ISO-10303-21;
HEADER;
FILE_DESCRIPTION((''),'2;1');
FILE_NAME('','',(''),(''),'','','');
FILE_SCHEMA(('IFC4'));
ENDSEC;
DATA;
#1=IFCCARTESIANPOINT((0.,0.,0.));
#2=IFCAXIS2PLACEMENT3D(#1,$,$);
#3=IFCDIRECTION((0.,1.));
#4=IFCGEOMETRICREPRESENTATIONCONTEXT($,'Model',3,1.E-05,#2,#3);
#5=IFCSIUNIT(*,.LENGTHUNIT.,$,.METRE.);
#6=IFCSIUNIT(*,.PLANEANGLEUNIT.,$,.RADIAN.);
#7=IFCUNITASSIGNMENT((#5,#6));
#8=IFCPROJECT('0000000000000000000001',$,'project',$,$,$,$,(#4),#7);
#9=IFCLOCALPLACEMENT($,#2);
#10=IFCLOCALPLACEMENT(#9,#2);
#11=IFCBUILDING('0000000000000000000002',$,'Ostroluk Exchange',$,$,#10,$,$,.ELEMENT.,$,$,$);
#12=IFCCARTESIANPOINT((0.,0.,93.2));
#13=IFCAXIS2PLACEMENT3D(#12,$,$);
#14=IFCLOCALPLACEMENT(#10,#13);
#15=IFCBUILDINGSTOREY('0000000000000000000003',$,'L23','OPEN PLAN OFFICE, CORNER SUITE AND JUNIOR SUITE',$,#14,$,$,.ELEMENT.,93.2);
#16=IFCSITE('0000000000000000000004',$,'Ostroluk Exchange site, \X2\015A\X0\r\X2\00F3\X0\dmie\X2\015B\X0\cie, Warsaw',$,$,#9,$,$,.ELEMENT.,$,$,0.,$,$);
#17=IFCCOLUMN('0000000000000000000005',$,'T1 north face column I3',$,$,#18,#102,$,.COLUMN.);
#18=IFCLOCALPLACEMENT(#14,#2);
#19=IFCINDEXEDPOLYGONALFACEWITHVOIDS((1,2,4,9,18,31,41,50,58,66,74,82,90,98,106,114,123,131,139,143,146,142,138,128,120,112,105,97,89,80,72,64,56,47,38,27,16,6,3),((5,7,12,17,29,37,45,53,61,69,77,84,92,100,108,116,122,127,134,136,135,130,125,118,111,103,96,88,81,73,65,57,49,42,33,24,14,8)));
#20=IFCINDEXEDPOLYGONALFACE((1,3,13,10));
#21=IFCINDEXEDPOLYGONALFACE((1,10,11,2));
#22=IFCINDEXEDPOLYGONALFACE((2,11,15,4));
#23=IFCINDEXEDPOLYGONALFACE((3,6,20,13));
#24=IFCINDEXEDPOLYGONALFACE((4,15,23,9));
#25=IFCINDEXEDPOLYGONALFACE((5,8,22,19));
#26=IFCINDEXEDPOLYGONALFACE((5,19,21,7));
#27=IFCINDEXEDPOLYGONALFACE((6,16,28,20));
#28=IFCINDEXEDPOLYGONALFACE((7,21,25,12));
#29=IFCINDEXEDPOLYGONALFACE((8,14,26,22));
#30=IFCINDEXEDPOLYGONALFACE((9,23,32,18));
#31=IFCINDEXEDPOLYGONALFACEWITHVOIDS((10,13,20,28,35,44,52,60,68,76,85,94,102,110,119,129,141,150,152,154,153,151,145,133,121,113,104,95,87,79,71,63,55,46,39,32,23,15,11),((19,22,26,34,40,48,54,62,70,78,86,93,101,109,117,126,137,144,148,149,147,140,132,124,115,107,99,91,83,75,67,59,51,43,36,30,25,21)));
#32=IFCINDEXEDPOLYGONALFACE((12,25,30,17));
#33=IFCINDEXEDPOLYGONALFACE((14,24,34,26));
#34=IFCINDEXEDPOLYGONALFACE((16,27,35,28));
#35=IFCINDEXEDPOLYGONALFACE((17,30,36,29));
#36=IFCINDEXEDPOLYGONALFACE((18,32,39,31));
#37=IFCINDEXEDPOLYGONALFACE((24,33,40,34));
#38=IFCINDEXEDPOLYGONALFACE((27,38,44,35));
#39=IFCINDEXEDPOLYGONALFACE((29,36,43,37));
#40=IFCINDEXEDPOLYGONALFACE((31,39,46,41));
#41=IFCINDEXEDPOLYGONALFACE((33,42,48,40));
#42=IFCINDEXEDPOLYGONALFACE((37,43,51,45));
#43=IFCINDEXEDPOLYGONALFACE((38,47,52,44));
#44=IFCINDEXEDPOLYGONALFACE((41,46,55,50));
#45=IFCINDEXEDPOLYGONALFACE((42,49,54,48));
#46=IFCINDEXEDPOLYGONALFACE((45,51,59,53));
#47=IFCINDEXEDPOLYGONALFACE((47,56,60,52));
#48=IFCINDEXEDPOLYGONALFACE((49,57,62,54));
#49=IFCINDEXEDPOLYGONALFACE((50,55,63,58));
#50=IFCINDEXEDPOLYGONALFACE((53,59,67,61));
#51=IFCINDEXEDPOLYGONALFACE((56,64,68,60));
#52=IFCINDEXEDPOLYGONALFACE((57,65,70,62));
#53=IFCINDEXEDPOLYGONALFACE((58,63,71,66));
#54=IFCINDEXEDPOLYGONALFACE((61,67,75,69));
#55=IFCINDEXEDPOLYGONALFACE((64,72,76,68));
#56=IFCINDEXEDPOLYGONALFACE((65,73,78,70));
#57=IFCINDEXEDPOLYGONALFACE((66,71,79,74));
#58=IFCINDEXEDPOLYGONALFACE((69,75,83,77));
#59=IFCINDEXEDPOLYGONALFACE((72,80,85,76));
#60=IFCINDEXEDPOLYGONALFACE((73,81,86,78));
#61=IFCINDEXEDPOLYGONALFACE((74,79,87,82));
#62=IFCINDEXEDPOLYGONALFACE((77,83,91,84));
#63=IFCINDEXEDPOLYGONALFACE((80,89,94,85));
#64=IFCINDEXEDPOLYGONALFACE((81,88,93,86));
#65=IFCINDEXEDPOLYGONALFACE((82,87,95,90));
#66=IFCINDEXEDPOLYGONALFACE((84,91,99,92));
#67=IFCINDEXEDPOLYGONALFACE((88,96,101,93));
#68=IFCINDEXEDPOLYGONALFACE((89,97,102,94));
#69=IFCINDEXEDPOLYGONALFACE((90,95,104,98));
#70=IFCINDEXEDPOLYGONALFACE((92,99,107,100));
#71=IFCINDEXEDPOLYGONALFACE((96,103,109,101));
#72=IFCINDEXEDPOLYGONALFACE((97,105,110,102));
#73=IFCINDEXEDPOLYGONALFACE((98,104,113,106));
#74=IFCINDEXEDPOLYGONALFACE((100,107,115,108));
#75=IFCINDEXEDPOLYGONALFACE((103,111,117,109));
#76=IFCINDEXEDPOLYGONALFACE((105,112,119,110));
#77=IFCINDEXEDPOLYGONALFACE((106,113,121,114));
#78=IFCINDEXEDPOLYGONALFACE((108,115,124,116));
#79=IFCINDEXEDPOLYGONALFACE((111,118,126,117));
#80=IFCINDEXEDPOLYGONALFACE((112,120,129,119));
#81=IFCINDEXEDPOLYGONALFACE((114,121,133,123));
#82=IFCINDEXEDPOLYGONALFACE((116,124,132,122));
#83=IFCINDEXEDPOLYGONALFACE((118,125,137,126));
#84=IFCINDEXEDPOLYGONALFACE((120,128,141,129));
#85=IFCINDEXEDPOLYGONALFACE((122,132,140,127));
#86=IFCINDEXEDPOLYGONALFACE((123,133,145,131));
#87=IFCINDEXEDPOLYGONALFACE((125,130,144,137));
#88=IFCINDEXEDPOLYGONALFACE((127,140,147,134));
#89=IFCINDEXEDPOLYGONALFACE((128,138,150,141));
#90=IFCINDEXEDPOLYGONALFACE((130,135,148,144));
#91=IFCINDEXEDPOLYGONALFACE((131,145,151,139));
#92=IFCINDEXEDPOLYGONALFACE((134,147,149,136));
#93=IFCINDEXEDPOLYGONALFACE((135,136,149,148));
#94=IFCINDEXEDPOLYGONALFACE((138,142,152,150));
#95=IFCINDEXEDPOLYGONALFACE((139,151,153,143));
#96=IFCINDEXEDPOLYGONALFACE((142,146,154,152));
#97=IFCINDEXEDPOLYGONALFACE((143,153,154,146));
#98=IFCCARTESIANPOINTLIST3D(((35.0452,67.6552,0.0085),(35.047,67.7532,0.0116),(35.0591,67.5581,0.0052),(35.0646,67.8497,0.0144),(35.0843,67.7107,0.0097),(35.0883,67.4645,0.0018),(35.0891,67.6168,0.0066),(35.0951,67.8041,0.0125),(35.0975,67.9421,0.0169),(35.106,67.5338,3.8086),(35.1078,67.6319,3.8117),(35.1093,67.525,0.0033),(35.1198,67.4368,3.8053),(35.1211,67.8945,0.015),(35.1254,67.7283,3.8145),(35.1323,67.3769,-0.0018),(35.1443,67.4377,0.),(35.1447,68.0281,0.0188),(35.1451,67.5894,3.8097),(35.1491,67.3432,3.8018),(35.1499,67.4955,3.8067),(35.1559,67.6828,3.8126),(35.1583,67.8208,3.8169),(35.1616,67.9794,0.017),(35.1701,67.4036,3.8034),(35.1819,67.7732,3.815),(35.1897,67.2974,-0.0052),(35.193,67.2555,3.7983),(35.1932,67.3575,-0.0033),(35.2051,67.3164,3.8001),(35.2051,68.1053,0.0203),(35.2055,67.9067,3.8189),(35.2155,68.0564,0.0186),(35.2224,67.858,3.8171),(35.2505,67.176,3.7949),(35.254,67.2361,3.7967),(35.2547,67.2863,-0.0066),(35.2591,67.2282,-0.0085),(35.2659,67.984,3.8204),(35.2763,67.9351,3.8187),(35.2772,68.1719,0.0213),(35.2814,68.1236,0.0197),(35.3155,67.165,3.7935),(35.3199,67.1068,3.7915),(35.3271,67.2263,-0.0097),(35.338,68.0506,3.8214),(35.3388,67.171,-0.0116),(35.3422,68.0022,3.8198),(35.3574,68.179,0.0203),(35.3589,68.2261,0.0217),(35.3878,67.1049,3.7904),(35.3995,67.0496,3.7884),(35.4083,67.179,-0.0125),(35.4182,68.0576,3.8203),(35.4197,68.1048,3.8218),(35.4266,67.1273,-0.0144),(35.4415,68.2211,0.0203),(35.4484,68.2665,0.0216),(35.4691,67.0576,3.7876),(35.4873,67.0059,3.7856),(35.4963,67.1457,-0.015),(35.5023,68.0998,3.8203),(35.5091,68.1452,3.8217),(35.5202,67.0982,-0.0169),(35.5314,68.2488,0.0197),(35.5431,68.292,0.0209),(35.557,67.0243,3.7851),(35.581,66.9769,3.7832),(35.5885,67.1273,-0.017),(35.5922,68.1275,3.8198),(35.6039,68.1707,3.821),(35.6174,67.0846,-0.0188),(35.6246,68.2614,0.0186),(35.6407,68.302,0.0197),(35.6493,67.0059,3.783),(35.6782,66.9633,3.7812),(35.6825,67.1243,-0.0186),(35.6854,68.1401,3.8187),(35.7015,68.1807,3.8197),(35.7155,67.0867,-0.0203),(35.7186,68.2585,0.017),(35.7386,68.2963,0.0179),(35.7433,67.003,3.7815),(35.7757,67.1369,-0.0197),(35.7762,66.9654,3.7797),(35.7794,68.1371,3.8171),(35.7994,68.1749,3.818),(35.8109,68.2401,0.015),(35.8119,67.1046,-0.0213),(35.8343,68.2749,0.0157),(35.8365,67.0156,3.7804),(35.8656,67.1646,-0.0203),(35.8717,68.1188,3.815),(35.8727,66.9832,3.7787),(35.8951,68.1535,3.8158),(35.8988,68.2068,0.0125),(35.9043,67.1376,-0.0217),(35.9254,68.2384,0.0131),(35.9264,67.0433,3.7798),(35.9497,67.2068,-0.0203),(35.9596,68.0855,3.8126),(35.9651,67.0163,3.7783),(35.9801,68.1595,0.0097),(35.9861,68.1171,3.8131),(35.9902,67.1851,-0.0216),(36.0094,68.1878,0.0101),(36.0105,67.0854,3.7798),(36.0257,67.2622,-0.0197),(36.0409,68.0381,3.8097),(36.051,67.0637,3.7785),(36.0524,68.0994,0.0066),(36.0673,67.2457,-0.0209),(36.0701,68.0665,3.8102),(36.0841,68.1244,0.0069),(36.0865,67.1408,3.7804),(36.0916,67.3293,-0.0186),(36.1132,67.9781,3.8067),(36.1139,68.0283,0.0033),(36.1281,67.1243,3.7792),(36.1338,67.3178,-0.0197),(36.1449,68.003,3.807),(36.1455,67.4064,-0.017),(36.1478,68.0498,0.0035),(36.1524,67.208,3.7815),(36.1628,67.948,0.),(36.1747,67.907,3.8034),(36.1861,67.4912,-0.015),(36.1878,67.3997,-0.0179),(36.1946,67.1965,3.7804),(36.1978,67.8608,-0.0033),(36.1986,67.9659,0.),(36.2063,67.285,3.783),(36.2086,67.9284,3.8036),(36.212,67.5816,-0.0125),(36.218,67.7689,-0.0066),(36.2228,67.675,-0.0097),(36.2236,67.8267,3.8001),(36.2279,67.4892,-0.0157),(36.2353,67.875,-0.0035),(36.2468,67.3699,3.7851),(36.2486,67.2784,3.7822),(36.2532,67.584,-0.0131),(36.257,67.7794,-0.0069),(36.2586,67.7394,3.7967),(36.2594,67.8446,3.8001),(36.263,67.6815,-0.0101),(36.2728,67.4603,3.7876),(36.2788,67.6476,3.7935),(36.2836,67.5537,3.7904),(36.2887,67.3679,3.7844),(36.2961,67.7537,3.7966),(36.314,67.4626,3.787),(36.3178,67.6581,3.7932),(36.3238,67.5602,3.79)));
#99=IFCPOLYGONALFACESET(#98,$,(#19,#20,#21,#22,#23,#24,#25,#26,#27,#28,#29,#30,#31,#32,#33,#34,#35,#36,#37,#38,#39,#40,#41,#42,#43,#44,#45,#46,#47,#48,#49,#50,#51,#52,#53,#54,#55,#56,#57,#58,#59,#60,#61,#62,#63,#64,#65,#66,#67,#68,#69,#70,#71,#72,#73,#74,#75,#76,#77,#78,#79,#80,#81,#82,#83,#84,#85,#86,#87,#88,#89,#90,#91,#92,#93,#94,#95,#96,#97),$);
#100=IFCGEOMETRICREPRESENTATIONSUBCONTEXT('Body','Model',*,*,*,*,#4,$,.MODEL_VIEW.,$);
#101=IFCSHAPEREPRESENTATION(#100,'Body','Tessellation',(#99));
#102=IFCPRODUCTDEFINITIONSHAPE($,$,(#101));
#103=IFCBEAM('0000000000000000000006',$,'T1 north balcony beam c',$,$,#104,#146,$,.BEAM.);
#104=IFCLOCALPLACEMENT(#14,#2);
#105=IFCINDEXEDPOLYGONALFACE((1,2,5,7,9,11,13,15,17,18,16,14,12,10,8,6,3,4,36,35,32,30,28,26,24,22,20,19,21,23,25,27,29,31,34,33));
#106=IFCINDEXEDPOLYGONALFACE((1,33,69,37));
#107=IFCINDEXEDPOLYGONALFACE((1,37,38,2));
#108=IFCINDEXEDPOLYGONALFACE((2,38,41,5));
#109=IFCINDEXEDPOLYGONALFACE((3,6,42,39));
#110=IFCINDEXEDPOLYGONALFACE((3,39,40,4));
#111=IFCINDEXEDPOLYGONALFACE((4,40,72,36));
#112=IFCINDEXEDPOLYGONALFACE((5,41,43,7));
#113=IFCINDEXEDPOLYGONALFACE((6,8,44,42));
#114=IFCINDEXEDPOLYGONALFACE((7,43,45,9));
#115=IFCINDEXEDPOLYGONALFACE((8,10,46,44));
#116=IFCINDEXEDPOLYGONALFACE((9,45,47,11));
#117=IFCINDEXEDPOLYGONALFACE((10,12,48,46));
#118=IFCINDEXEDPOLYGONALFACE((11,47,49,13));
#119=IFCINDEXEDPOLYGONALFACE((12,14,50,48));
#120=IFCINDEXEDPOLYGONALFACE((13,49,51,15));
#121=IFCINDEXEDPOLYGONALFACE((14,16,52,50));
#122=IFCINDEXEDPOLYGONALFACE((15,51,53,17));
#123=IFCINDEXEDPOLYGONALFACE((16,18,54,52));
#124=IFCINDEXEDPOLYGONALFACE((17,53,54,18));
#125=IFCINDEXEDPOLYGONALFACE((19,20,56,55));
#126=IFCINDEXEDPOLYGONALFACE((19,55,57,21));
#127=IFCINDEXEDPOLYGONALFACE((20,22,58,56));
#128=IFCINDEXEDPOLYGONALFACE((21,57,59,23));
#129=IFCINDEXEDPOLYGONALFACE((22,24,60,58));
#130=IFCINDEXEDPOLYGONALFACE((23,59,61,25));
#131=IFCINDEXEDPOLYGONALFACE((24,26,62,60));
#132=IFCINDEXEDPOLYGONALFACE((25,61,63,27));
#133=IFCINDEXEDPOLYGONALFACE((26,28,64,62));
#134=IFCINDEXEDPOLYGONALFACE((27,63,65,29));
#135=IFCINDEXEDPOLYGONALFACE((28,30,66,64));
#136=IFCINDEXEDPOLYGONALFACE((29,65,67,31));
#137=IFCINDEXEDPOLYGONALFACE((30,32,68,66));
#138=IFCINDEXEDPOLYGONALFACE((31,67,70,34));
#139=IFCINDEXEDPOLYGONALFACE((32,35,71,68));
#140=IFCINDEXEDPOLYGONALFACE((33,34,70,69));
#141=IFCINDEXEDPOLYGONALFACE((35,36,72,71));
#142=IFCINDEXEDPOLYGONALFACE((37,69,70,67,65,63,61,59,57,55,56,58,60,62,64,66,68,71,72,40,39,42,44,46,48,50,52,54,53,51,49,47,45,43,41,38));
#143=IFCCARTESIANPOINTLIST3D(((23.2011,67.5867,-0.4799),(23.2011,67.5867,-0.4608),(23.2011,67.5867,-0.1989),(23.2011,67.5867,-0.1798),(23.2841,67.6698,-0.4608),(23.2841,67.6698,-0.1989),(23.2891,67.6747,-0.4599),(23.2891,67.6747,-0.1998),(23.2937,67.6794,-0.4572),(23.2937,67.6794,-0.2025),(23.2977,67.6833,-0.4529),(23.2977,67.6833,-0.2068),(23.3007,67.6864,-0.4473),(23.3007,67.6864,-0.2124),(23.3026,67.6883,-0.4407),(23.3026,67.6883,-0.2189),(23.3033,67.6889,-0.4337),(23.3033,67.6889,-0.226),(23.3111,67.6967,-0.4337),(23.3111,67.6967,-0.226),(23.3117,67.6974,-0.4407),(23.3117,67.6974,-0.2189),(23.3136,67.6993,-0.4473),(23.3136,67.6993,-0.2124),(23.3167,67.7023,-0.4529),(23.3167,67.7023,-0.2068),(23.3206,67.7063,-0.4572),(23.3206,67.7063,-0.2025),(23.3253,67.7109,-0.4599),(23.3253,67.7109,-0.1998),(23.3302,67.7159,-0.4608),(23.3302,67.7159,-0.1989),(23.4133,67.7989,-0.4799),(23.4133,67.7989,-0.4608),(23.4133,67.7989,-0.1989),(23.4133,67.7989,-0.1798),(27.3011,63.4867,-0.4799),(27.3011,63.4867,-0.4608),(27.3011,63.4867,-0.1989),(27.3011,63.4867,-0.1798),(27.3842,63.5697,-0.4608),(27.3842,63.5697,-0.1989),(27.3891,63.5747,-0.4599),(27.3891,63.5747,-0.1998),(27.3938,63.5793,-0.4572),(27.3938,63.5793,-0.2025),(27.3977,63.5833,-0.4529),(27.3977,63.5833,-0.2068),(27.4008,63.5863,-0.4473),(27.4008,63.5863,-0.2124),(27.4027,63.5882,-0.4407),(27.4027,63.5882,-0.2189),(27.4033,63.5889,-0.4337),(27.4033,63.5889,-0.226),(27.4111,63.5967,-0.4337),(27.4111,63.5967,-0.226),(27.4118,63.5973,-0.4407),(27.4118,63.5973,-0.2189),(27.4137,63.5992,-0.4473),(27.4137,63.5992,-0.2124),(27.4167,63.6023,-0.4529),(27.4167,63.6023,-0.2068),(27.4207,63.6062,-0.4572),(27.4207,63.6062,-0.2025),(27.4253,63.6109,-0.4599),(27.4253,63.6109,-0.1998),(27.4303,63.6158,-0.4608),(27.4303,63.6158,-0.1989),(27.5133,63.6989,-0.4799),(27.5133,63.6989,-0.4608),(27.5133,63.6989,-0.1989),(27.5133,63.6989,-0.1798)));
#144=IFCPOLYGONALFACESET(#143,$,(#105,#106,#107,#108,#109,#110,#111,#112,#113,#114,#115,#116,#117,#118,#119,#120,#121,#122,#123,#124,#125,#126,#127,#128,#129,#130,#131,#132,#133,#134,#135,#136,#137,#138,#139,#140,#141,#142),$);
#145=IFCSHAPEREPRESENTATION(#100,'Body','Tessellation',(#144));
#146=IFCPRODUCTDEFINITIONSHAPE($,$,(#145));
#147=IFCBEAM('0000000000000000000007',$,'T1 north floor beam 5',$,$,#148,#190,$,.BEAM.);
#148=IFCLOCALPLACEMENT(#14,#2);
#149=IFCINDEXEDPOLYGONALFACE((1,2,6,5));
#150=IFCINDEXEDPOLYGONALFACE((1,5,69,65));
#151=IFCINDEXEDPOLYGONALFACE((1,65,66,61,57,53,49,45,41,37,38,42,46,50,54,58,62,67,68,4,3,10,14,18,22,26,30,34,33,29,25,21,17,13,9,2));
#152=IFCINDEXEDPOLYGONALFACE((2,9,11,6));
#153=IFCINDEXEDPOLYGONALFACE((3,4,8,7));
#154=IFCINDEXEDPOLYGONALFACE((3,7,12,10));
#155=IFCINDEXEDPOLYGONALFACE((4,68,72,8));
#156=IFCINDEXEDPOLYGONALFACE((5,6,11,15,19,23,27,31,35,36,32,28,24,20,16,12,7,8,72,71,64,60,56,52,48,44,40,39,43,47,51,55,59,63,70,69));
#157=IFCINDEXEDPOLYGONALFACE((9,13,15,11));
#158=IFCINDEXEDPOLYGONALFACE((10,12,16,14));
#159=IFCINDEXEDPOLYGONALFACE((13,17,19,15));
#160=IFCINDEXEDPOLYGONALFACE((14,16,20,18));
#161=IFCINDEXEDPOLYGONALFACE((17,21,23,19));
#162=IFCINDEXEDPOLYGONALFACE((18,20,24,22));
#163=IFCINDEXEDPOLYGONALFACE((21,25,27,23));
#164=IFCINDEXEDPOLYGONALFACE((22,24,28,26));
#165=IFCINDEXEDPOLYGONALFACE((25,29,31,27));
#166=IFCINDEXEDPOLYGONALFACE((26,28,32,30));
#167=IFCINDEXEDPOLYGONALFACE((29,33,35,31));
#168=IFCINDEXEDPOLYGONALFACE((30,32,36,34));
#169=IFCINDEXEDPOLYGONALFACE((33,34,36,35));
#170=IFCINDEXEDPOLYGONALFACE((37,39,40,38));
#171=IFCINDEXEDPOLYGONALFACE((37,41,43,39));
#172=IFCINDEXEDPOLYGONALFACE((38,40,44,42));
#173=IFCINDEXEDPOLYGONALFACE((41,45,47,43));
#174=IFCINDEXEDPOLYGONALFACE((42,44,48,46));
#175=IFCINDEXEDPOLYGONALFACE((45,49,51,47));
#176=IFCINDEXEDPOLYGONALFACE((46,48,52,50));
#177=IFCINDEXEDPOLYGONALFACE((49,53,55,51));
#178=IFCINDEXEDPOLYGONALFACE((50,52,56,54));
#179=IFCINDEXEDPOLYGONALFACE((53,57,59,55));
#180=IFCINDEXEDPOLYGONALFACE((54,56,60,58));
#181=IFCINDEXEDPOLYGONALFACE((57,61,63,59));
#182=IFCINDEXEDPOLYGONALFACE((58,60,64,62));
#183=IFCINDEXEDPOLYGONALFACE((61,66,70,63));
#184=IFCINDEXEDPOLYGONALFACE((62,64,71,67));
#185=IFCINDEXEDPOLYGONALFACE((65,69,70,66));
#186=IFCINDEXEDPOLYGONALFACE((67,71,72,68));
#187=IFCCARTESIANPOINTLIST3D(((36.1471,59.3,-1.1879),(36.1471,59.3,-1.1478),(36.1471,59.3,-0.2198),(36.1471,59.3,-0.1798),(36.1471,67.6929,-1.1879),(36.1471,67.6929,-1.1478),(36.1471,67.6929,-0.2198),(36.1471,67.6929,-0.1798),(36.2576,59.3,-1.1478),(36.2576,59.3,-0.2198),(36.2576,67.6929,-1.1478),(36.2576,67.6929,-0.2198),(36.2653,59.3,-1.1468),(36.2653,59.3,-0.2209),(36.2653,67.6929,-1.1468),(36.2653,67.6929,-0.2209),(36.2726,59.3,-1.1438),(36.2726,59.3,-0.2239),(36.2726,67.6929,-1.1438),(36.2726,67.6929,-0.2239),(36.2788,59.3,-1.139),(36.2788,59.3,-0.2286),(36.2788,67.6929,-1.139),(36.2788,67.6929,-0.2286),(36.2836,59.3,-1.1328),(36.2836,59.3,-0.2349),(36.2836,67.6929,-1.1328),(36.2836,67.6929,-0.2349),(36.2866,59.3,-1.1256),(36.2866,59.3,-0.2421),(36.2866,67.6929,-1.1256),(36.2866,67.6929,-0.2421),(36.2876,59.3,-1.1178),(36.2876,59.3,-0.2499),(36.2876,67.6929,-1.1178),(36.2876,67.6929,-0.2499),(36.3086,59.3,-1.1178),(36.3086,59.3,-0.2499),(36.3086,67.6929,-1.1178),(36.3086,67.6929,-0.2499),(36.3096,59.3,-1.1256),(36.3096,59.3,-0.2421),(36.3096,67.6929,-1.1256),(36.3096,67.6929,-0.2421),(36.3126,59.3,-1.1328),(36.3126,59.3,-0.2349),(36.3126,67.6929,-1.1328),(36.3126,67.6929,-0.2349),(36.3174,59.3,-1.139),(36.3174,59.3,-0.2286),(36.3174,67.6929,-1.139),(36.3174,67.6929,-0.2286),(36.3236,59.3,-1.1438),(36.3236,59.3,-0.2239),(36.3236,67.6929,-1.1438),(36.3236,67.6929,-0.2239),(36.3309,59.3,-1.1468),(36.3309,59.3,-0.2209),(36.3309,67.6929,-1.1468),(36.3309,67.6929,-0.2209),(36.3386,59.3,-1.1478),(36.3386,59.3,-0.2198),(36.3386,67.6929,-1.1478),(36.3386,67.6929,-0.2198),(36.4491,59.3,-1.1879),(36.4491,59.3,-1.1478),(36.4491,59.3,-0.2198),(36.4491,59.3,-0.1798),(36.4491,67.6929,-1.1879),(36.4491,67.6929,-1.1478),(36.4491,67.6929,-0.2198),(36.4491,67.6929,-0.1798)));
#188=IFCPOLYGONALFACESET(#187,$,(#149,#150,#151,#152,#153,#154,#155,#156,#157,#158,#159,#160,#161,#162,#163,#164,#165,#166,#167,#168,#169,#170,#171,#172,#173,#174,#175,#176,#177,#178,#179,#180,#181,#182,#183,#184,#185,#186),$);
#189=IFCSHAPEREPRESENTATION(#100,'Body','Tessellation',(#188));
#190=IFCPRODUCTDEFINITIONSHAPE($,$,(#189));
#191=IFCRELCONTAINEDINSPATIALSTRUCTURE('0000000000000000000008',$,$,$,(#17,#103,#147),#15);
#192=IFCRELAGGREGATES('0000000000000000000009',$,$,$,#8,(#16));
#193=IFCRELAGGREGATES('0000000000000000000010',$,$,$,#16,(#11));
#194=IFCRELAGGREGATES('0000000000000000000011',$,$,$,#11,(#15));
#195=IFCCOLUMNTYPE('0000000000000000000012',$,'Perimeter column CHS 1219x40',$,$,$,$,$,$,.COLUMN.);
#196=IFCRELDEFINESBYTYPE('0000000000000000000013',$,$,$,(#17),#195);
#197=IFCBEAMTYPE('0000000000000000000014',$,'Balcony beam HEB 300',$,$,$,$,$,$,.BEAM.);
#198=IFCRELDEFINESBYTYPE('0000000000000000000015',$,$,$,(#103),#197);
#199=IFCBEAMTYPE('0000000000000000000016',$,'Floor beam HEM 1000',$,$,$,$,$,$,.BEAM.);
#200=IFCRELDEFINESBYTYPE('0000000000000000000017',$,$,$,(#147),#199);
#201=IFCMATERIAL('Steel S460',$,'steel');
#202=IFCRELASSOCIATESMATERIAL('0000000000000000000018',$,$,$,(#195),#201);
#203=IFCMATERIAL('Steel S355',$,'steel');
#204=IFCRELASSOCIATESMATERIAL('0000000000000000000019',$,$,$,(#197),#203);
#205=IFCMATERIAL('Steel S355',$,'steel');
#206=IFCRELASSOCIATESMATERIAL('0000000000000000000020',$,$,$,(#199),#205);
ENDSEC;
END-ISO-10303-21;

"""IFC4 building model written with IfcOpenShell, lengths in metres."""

from ifc_helpers import new_model, si_unit, direction, frame, origin, origin_2d, place, context, subcontext, project, spatial, hollow_circle, i_section, extrude, material, material_profile, profile_set, type_object, element, save


model = new_model("IFC4")

# Units and contexts
model_context = context("Model", 3, precision=1e-05, world=origin(), true_north=direction((0.0, 1.0)))
body_context = subcontext(model_context, "Body", "Model", "MODEL_VIEW")
ifc_project = project(units=[si_unit("LENGTHUNIT", "METRE"), si_unit("PLANEANGLEUNIT", "RADIAN")], contexts=[model_context])

# Site, building, storey
site_placement = place(None, origin())
site = spatial("IfcSite", under=ifc_project, at=site_placement, Name="Ostroluk Exchange site, Śródmieście, Warsaw", CompositionType="ELEMENT", RefElevation=0.0)
building_placement = place(site_placement, origin())
building = spatial("IfcBuilding", under=site, at=building_placement, Name="Ostroluk Exchange", CompositionType="ELEMENT")
storey_placement = place(building_placement, frame((0.0, 0.0, 93.2)))
storey = spatial("IfcBuildingStorey", under=building, at=storey_placement, Name="L23", Description="OPEN PLAN OFFICE, CORNER SUITE AND JUNIOR SUITE", CompositionType="ELEMENT", Elevation=93.2)

# Column
ifc_material_1 = material(Name="Steel S460", Category="steel")
ifc_material_profile_1 = material_profile(ifc_material_1, hollow_circle(Radius=0.6096, WallThickness=0.04, at=origin_2d()), Name="CHS 1219x40")
ifc_profile_set_1 = profile_set([ifc_material_profile_1], Name="Steel S460")
column_type = type_object("IfcColumnType", Name="Perimeter column CHS 1219x40", PredefinedType="COLUMN", material=ifc_profile_set_1)
column_placement = place(storey_placement, frame((35.6536, 67.6929, 0.0), z_axis=(0.015987, -0.03191, 0.999363), x_axis=(0.894067, 0.447933, 0.0)))
element("IfcColumn", 1, at=column_placement, inside=storey, type_object=column_type, Name="T1 north face column I3", PredefinedType="COLUMN", context=body_context, shape_type="SweptSolid", body=[
    extrude(hollow_circle(Radius=0.6096, WallThickness=0.04, at=origin_2d()), origin(), (0.0, 0.0, 1.0), 3.8025),
])

# Beams
ifc_material_2 = material(Name="Steel S355", Category="steel")
ifc_material_profile_2 = material_profile(ifc_material_2, i_section(OverallWidth=0.3, OverallDepth=0.3, WebThickness=0.011, FlangeThickness=0.019, FilletRadius=0.0271, at=origin_2d()), Name="HEB 300")
ifc_profile_set_2 = profile_set([ifc_material_profile_2], Name="Steel S355")
beam_type_1 = type_object("IfcBeamType", Name="Balcony beam HEB 300", PredefinedType="BEAM", material=ifc_profile_set_2)
beam_1_placement = place(storey_placement, frame((27.4072, 63.5928, -0.3298), z_axis=(-0.707107, 0.707107, 0.0), x_axis=(-0.707107, -0.707107, 0.0)))
element("IfcBeam", 2, at=beam_1_placement, inside=storey, type_object=beam_type_1, Name="T1 north balcony beam c", PredefinedType="BEAM", context=body_context, shape_type="SweptSolid", body=[
    extrude(i_section(OverallWidth=0.3, OverallDepth=0.3, WebThickness=0.011, FlangeThickness=0.019, FilletRadius=0.0271, at=origin_2d()), origin(), (0.0, 0.0, 1.0), 5.7983),
])
ifc_material_3 = material(Name="Steel S355", Category="steel")
ifc_material_profile_3 = material_profile(ifc_material_3, i_section(OverallWidth=0.302, OverallDepth=1.0081, WebThickness=0.021, FlangeThickness=0.04, FilletRadius=0.03, at=origin_2d()), Name="HEM 1000")
ifc_profile_set_3 = profile_set([ifc_material_profile_3], Name="Steel S355")
beam_type_2 = type_object("IfcBeamType", Name="Floor beam HEM 1000", PredefinedType="BEAM", material=ifc_profile_set_3)
beam_2_placement = place(storey_placement, frame((36.2981, 59.3, -0.6838), z_axis=(0.0, 1.0, 0.0), x_axis=(-1.0, 0.0, 0.0)))
element("IfcBeam", 3, at=beam_2_placement, inside=storey, type_object=beam_type_2, Name="T1 north floor beam 5", PredefinedType="BEAM", context=body_context, shape_type="SweptSolid", body=[
    extrude(i_section(OverallWidth=0.302, OverallDepth=1.0081, WebThickness=0.021, FlangeThickness=0.04, FilletRadius=0.03, at=origin_2d()), origin(), (0.0, 0.0, 1.0), 8.3928),
])

save(model, "model.ifc")
